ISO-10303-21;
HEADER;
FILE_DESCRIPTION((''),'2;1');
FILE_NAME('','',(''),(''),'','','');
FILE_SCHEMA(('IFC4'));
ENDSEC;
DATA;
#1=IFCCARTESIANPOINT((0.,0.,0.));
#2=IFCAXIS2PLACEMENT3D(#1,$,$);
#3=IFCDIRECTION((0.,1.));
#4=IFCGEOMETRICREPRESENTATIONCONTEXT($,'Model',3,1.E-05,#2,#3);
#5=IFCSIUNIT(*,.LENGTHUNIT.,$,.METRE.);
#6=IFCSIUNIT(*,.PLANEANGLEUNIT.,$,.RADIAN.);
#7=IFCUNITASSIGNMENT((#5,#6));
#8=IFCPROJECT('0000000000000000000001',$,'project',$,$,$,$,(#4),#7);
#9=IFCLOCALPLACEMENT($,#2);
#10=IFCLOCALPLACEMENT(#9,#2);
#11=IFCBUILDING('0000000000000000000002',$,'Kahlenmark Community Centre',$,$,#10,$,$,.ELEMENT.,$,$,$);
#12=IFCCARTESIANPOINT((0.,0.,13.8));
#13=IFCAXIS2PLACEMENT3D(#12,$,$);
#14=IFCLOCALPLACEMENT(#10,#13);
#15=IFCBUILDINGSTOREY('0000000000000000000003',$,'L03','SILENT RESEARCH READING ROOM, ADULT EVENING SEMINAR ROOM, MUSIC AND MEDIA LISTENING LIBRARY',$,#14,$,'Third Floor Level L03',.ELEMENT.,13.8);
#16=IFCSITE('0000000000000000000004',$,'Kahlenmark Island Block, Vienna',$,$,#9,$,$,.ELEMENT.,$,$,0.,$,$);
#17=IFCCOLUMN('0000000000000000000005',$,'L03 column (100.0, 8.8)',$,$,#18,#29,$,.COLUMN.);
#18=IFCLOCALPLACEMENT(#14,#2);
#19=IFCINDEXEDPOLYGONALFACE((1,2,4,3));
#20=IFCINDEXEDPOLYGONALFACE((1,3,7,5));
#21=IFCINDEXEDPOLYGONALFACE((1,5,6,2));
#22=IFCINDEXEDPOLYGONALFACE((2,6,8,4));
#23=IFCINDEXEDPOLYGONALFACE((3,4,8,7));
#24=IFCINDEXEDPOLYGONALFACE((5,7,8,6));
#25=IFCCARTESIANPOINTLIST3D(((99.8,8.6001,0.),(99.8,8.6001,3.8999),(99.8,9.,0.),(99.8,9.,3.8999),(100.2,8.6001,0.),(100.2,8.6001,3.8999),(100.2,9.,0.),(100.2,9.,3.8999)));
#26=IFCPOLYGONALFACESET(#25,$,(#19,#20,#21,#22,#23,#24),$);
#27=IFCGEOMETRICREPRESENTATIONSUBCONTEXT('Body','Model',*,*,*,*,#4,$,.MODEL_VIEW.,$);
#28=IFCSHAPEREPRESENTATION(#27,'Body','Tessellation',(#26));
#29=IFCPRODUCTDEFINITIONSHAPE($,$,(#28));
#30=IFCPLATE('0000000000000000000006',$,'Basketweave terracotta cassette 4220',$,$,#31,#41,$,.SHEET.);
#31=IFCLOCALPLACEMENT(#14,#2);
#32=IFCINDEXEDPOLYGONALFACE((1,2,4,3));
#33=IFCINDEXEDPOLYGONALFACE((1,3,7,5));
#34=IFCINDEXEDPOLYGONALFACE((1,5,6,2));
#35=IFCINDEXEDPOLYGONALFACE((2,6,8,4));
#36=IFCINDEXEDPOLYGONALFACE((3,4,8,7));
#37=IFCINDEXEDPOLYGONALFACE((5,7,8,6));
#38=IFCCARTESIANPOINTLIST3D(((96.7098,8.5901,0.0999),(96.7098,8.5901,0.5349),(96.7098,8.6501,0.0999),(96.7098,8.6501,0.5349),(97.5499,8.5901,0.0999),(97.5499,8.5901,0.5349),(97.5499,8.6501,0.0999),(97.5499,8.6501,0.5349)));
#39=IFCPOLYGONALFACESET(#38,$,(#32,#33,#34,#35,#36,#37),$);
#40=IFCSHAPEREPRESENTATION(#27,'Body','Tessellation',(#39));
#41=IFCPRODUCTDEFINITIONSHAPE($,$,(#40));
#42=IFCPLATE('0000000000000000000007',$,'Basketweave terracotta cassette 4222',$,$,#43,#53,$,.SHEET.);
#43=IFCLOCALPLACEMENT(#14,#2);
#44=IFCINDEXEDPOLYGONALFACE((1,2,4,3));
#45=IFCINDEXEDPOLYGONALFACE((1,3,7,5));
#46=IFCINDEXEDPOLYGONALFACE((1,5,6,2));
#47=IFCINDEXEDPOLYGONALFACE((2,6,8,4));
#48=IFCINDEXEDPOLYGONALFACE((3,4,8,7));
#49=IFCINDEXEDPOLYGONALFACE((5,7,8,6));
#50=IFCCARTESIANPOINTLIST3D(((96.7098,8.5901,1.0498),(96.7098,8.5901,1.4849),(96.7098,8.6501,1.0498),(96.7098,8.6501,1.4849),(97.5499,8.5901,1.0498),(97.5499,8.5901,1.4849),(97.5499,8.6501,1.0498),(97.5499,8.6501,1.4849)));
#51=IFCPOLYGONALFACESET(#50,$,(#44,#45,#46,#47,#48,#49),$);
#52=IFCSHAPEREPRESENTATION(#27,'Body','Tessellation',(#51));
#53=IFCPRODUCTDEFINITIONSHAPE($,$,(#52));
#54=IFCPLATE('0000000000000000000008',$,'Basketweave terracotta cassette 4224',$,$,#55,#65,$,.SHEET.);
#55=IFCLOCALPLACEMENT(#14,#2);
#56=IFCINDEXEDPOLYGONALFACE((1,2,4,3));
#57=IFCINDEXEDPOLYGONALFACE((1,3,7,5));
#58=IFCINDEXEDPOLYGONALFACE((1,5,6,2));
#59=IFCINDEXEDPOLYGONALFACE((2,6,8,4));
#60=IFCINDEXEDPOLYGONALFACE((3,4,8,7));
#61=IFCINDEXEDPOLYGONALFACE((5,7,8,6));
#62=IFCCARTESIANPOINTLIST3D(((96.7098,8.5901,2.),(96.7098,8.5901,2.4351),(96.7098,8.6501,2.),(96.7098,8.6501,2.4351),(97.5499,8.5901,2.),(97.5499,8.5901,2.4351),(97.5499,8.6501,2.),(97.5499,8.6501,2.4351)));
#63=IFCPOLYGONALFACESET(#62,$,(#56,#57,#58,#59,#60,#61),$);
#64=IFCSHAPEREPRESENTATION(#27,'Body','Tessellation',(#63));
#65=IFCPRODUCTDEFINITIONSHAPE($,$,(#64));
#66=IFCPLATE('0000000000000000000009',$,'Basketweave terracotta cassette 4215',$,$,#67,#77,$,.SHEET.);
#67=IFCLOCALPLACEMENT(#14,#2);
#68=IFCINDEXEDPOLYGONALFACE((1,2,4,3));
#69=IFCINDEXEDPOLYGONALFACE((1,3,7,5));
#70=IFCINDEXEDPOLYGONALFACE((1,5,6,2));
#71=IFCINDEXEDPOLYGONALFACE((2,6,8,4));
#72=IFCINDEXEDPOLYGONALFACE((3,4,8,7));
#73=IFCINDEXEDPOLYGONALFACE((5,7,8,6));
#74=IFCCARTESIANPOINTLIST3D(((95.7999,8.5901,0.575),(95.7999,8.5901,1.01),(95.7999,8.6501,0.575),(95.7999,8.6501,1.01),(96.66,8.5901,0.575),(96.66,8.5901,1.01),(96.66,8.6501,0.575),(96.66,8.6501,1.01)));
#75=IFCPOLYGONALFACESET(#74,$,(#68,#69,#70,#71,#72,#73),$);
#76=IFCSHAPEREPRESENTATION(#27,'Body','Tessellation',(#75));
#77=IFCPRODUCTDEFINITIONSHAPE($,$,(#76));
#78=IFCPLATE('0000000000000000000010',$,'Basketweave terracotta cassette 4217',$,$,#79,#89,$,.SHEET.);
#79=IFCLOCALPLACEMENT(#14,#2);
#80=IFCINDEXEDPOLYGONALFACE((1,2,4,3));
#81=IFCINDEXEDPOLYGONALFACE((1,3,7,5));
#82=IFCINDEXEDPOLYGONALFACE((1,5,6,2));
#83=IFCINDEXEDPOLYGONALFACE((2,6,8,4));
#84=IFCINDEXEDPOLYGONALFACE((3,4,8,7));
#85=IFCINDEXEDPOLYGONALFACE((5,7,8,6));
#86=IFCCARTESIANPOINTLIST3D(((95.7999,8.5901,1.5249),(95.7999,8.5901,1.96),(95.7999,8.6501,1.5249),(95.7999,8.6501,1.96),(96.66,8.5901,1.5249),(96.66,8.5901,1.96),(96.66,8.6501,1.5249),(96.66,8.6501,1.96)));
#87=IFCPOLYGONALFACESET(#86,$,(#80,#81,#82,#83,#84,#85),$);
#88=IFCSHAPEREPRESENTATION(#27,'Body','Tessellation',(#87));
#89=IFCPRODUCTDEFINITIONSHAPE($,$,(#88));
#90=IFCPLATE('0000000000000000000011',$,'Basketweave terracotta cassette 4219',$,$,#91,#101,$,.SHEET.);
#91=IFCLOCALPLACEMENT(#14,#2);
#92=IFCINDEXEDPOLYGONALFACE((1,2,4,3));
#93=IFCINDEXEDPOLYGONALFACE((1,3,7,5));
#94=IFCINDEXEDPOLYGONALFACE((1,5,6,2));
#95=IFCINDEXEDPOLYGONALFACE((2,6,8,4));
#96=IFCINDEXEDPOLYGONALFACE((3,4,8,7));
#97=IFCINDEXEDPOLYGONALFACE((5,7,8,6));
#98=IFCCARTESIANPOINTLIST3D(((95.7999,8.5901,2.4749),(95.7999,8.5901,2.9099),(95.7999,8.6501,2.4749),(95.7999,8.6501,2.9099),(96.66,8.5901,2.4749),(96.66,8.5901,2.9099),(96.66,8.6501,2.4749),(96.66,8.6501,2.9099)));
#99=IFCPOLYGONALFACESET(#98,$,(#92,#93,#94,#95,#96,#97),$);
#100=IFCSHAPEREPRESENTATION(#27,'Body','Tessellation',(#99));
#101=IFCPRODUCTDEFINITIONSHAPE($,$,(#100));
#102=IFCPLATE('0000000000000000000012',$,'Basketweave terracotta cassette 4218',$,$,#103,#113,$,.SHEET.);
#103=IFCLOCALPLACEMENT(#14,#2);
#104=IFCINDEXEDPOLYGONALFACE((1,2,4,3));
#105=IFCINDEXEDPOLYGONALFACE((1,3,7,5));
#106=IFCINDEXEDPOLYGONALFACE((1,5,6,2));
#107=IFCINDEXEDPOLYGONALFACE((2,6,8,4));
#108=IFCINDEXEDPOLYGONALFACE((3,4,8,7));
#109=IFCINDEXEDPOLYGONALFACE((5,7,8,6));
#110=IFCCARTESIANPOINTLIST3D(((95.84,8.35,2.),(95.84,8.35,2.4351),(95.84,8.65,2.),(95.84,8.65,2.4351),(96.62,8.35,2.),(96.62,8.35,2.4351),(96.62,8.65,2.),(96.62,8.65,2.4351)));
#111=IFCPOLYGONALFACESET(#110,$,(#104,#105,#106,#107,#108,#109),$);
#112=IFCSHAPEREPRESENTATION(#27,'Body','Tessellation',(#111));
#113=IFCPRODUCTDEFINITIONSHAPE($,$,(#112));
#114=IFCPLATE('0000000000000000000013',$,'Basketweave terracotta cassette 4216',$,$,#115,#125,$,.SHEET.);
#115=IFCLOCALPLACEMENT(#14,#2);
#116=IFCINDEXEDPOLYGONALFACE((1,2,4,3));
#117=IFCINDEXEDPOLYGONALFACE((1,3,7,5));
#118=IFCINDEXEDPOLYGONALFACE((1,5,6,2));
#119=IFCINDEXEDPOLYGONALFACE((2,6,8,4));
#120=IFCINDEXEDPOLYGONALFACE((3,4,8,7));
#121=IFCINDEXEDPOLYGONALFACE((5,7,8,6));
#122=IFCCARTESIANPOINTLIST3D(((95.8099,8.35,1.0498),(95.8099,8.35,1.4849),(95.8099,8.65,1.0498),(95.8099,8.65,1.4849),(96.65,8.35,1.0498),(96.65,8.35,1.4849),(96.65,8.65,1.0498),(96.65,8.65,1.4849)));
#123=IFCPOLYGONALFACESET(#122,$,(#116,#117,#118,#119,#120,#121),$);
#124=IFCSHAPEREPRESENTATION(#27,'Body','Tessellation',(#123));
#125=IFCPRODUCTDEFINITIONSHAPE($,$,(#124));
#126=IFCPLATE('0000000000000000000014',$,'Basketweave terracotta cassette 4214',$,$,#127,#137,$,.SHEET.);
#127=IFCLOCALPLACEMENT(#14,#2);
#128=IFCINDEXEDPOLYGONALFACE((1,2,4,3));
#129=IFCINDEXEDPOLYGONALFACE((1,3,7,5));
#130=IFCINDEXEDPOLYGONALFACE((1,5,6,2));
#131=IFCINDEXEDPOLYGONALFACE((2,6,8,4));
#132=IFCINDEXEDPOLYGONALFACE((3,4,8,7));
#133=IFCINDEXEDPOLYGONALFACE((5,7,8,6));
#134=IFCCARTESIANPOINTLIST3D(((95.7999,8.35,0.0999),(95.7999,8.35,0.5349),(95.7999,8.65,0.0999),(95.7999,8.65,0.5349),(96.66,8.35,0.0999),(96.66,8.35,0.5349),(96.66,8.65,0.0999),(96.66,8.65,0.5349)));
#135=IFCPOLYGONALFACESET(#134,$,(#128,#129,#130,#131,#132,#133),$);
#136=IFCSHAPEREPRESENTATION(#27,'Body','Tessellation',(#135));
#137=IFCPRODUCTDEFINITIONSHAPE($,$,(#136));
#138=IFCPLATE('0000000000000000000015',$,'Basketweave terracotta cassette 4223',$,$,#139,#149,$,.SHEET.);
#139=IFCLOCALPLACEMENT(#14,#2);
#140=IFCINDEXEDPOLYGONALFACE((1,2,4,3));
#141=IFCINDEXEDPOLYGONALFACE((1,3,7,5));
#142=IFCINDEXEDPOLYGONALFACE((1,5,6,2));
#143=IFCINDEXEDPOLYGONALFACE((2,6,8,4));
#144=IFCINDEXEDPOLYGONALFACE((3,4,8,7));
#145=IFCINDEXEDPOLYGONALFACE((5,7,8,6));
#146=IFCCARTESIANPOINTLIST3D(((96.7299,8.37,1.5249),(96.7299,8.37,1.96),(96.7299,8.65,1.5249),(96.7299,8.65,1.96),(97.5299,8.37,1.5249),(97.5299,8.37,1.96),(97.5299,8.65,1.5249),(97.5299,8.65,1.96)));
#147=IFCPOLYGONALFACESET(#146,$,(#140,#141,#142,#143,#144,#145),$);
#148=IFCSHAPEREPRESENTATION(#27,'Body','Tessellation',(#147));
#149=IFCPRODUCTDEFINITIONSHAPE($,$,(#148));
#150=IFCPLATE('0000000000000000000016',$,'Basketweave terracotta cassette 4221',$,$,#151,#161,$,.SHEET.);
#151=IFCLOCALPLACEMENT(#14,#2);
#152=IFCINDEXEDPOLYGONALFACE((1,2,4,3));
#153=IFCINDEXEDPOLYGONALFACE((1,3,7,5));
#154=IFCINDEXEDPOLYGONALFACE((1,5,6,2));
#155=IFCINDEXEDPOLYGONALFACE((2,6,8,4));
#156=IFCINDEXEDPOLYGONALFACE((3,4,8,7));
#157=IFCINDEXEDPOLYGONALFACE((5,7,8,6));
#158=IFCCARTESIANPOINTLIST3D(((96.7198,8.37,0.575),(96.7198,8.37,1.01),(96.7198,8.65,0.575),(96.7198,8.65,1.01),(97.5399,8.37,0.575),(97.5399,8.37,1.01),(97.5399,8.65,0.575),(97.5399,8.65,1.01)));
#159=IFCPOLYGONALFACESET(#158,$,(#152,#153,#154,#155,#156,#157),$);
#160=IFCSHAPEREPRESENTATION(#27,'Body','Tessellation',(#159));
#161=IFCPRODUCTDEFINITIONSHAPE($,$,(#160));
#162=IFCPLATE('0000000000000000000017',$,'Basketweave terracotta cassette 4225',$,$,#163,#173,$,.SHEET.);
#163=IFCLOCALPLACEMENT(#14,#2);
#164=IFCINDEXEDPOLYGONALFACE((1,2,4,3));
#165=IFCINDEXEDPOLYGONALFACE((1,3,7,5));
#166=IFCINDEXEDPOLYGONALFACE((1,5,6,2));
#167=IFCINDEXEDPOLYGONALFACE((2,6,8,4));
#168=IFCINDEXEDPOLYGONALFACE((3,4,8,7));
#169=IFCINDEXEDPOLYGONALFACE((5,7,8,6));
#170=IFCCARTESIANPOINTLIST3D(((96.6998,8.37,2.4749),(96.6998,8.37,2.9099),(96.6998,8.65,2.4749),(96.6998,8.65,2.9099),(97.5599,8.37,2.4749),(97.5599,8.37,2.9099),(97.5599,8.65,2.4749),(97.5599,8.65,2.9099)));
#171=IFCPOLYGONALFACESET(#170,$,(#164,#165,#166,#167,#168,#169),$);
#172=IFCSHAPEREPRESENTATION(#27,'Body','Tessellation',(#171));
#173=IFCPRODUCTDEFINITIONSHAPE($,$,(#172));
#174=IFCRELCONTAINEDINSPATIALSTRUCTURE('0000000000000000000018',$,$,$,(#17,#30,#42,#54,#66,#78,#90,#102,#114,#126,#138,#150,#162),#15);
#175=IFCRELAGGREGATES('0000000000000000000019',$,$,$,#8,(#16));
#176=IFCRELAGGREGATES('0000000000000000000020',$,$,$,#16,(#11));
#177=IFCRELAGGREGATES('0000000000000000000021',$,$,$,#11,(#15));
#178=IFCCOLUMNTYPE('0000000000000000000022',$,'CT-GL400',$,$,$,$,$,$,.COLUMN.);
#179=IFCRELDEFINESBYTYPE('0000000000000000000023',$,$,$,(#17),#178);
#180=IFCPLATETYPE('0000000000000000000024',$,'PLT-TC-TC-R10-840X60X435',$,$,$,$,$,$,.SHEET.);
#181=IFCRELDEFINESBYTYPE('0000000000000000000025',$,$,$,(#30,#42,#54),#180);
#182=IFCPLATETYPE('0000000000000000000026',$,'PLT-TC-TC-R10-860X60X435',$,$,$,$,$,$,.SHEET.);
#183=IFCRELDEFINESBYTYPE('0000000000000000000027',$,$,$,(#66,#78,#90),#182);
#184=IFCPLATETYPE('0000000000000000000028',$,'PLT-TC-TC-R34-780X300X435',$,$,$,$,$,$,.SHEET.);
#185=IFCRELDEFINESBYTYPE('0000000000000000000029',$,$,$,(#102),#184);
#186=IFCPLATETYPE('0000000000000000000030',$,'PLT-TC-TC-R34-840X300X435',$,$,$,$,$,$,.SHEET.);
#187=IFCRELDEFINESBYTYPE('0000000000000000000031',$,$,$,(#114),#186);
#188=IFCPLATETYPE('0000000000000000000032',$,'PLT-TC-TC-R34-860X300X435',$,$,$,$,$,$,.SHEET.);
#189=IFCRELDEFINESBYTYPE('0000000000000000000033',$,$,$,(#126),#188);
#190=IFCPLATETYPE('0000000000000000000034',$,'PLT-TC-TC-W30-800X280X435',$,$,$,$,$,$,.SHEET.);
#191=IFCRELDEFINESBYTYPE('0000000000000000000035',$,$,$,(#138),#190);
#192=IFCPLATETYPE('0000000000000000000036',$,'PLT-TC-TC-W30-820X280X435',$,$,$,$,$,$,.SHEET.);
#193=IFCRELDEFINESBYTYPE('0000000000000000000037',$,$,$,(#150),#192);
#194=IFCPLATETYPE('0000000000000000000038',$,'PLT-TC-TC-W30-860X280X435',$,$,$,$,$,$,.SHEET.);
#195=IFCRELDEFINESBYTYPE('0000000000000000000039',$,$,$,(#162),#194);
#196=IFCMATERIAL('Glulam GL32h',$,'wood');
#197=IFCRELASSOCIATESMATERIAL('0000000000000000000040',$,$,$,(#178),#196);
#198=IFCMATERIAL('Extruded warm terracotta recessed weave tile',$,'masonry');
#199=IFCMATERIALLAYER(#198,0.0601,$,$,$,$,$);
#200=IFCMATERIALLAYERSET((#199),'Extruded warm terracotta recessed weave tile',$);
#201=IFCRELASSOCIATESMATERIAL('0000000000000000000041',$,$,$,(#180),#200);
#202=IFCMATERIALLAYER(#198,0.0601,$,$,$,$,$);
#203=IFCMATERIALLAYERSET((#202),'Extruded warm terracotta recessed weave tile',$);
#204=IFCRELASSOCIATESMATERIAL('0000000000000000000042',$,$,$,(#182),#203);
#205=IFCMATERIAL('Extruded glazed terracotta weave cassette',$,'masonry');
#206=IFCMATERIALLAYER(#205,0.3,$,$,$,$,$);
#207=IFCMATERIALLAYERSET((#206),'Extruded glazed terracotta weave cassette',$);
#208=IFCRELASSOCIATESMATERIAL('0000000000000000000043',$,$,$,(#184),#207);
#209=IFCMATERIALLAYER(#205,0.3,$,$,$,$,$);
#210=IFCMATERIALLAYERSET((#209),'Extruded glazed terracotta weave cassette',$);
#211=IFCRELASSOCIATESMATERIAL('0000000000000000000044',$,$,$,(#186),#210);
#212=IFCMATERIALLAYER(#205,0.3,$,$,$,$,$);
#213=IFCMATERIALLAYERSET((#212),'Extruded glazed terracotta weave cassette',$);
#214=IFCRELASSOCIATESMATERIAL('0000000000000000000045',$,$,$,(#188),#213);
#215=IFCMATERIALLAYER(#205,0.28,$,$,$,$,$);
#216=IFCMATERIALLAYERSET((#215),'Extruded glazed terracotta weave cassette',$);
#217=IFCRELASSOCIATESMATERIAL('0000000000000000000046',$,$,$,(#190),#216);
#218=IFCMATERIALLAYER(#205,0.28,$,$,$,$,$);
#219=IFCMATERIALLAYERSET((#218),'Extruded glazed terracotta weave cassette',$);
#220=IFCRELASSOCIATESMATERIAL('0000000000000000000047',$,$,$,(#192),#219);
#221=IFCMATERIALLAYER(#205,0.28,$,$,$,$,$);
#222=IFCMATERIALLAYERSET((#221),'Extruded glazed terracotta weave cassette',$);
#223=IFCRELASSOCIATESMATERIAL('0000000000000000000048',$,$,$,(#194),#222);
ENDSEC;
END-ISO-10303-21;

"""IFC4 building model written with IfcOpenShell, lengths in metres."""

from ifc_helpers import new_model, si_unit, direction, frame, origin, origin_2d, place, context, subcontext, project, spatial, rectangle, extrude, material, layer, layer_set, material_profile, profile_set, type_object, element, save


model = new_model("IFC4")

# Units and contexts
model_context = context("Model", 3, precision=1e-05, world=origin(), true_north=direction((0.0, 1.0)))
body_context = subcontext(model_context, "Body", "Model", "MODEL_VIEW")
ifc_project = project(units=[si_unit("LENGTHUNIT", "METRE"), si_unit("PLANEANGLEUNIT", "RADIAN")], contexts=[model_context])

# Site, building, storey
site_placement = place(None, origin())
site = spatial("IfcSite", under=ifc_project, at=site_placement, Name="Kahlenmark Island Block, Vienna", CompositionType="ELEMENT", RefElevation=0.0)
building_placement = place(site_placement, origin())
building = spatial("IfcBuilding", under=site, at=building_placement, Name="Kahlenmark Community Centre", CompositionType="ELEMENT")
storey_placement = place(building_placement, frame((0.0, 0.0, 13.8)))
storey = spatial("IfcBuildingStorey", under=building, at=storey_placement, Name="L03", Description="SILENT RESEARCH READING ROOM, ADULT EVENING SEMINAR ROOM, MUSIC AND MEDIA LISTENING LIBRARY", LongName="Third Floor Level L03", CompositionType="ELEMENT", Elevation=13.8)

# Column
ifc_material_1 = material(Name="Glulam GL32h", Category="wood")
ifc_material_profile = material_profile(ifc_material_1, rectangle(XDim=0.3999, YDim=0.3999, at=origin_2d()), Name="GL32h 400x400")
ifc_profile_set = profile_set([ifc_material_profile], Name="Glulam GL32h")
column_type = type_object("IfcColumnType", Name="CT-GL400", PredefinedType="COLUMN", material=ifc_profile_set)
column_placement = place(storey_placement, frame((100.0, 8.8, 0.0), z_axis=(0.0, 0.0, 1.0), x_axis=(1.0, 0.0, 0.0)))
element("IfcColumn", 1, at=column_placement, inside=storey, type_object=column_type, Name="L03 column (100.0, 8.8)", PredefinedType="COLUMN", context=body_context, shape_type="SweptSolid", body=[
    extrude(rectangle(XDim=0.3999, YDim=0.3999, at=origin_2d()), origin(), (0.0, 0.0, 1.0), 3.8999),
])

# Plates
ifc_material_2 = material(Name="Extruded warm terracotta recessed weave tile", Category="masonry")
ifc_layer_1 = layer(ifc_material_2, 0.0601)
ifc_layer_set_1 = layer_set([ifc_layer_1], Name="Extruded warm terracotta recessed weave tile")
plate_type_1 = type_object("IfcPlateType", Name="PLT-TC-TC-R10-840X60X435", PredefinedType="SHEET", material=ifc_layer_set_1)
for number, where, z_axis, x_axis, name in (
    (2, (97.1299, 8.6201, 0.0999), (0.0, 0.0, 1.0), (1.0, 0.0, 0.0), "Basketweave terracotta cassette 4220"),
    (3, (97.1299, 8.6201, 1.0498), (0.0, 0.0, 1.0), (1.0, 0.0, 0.0), "Basketweave terracotta cassette 4222"),
    (4, (97.1299, 8.6201, 2.0), (0.0, 0.0, 1.0), (1.0, 0.0, 0.0), "Basketweave terracotta cassette 4224"),
):
    element("IfcPlate", number, at=place(storey_placement, frame(where, z_axis=z_axis, x_axis=x_axis)), inside=storey, type_object=plate_type_1, Name=name, PredefinedType="SHEET", context=body_context, shape_type="SweptSolid", body=[
        extrude(rectangle(XDim=0.8401, YDim=0.0601, at=origin_2d()), origin(), (0.0, 0.0, 1.0), 0.4351),
    ])
ifc_layer_2 = layer(ifc_material_2, 0.0601)
ifc_layer_set_2 = layer_set([ifc_layer_2], Name="Extruded warm terracotta recessed weave tile")
plate_type_2 = type_object("IfcPlateType", Name="PLT-TC-TC-R10-860X60X435", PredefinedType="SHEET", material=ifc_layer_set_2)
for number, where, z_axis, x_axis, name in (
    (5, (96.23, 8.6201, 0.575), (0.0, 0.0, 1.0), (1.0, 0.0, 0.0), "Basketweave terracotta cassette 4215"),
    (6, (96.23, 8.6201, 1.5249), (0.0, 0.0, 1.0), (1.0, 0.0, 0.0), "Basketweave terracotta cassette 4217"),
    (7, (96.23, 8.6201, 2.4749), (0.0, 0.0, 1.0), (1.0, 0.0, 0.0), "Basketweave terracotta cassette 4219"),
):
    element("IfcPlate", number, at=place(storey_placement, frame(where, z_axis=z_axis, x_axis=x_axis)), inside=storey, type_object=plate_type_2, Name=name, PredefinedType="SHEET", context=body_context, shape_type="SweptSolid", body=[
        extrude(rectangle(XDim=0.8601, YDim=0.0601, at=origin_2d()), origin(), (0.0, 0.0, 1.0), 0.4351),
    ])
ifc_material_3 = material(Name="Extruded glazed terracotta weave cassette", Category="masonry")
ifc_layer_3 = layer(ifc_material_3, 0.3)
ifc_layer_set_3 = layer_set([ifc_layer_3], Name="Extruded glazed terracotta weave cassette")
plate_type_3 = type_object("IfcPlateType", Name="PLT-TC-TC-R34-780X300X435", PredefinedType="SHEET", material=ifc_layer_set_3)
plate_1_placement = place(storey_placement, frame((96.23, 8.5, 2.0), z_axis=(0.0, 0.0, 1.0), x_axis=(1.0, 0.0, 0.0)))
element("IfcPlate", 8, at=plate_1_placement, inside=storey, type_object=plate_type_3, Name="Basketweave terracotta cassette 4218", PredefinedType="SHEET", context=body_context, shape_type="SweptSolid", body=[
    extrude(rectangle(XDim=0.78, YDim=0.3, at=origin_2d()), origin(), (0.0, 0.0, 1.0), 0.4351),
])
ifc_layer_4 = layer(ifc_material_3, 0.3)
ifc_layer_set_4 = layer_set([ifc_layer_4], Name="Extruded glazed terracotta weave cassette")
plate_type_4 = type_object("IfcPlateType", Name="PLT-TC-TC-R34-840X300X435", PredefinedType="SHEET", material=ifc_layer_set_4)
plate_2_placement = place(storey_placement, frame((96.23, 8.5, 1.0498), z_axis=(0.0, 0.0, 1.0), x_axis=(1.0, 0.0, 0.0)))
element("IfcPlate", 9, at=plate_2_placement, inside=storey, type_object=plate_type_4, Name="Basketweave terracotta cassette 4216", PredefinedType="SHEET", context=body_context, shape_type="SweptSolid", body=[
    extrude(rectangle(XDim=0.8401, YDim=0.3, at=origin_2d()), origin(), (0.0, 0.0, 1.0), 0.4351),
])
ifc_layer_5 = layer(ifc_material_3, 0.3)
ifc_layer_set_5 = layer_set([ifc_layer_5], Name="Extruded glazed terracotta weave cassette")
plate_type_5 = type_object("IfcPlateType", Name="PLT-TC-TC-R34-860X300X435", PredefinedType="SHEET", material=ifc_layer_set_5)
plate_3_placement = place(storey_placement, frame((96.23, 8.5, 0.0999), z_axis=(0.0, 0.0, 1.0), x_axis=(1.0, 0.0, 0.0)))
element("IfcPlate", 10, at=plate_3_placement, inside=storey, type_object=plate_type_5, Name="Basketweave terracotta cassette 4214", PredefinedType="SHEET", context=body_context, shape_type="SweptSolid", body=[
    extrude(rectangle(XDim=0.8601, YDim=0.3, at=origin_2d()), origin(), (0.0, 0.0, 1.0), 0.4351),
])
ifc_layer_6 = layer(ifc_material_3, 0.28)
ifc_layer_set_6 = layer_set([ifc_layer_6], Name="Extruded glazed terracotta weave cassette")
plate_type_6 = type_object("IfcPlateType", Name="PLT-TC-TC-W30-800X280X435", PredefinedType="SHEET", material=ifc_layer_set_6)
plate_4_placement = place(storey_placement, frame((97.1299, 8.51, 1.5249), z_axis=(0.0, 0.0, 1.0), x_axis=(1.0, 0.0, 0.0)))
element("IfcPlate", 11, at=plate_4_placement, inside=storey, type_object=plate_type_6, Name="Basketweave terracotta cassette 4223", PredefinedType="SHEET", context=body_context, shape_type="SweptSolid", body=[
    extrude(rectangle(XDim=0.8, YDim=0.28, at=origin_2d()), origin(), (0.0, 0.0, 1.0), 0.4351),
])
ifc_layer_7 = layer(ifc_material_3, 0.28)
ifc_layer_set_7 = layer_set([ifc_layer_7], Name="Extruded glazed terracotta weave cassette")
plate_type_7 = type_object("IfcPlateType", Name="PLT-TC-TC-W30-820X280X435", PredefinedType="SHEET", material=ifc_layer_set_7)
plate_5_placement = place(storey_placement, frame((97.1299, 8.51, 0.575), z_axis=(0.0, 0.0, 1.0), x_axis=(1.0, 0.0, 0.0)))
element("IfcPlate", 12, at=plate_5_placement, inside=storey, type_object=plate_type_7, Name="Basketweave terracotta cassette 4221", PredefinedType="SHEET", context=body_context, shape_type="SweptSolid", body=[
    extrude(rectangle(XDim=0.8201, YDim=0.28, at=origin_2d()), origin(), (0.0, 0.0, 1.0), 0.4351),
])
ifc_layer_8 = layer(ifc_material_3, 0.28)
ifc_layer_set_8 = layer_set([ifc_layer_8], Name="Extruded glazed terracotta weave cassette")
plate_type_8 = type_object("IfcPlateType", Name="PLT-TC-TC-W30-860X280X435", PredefinedType="SHEET", material=ifc_layer_set_8)
plate_6_placement = place(storey_placement, frame((97.1299, 8.51, 2.4749), z_axis=(0.0, 0.0, 1.0), x_axis=(1.0, 0.0, 0.0)))
element("IfcPlate", 13, at=plate_6_placement, inside=storey, type_object=plate_type_8, Name="Basketweave terracotta cassette 4225", PredefinedType="SHEET", context=body_context, shape_type="SweptSolid", body=[
    extrude(rectangle(XDim=0.8601, YDim=0.28, at=origin_2d()), origin(), (0.0, 0.0, 1.0), 0.4351),
])

save(model, "model.ifc")
